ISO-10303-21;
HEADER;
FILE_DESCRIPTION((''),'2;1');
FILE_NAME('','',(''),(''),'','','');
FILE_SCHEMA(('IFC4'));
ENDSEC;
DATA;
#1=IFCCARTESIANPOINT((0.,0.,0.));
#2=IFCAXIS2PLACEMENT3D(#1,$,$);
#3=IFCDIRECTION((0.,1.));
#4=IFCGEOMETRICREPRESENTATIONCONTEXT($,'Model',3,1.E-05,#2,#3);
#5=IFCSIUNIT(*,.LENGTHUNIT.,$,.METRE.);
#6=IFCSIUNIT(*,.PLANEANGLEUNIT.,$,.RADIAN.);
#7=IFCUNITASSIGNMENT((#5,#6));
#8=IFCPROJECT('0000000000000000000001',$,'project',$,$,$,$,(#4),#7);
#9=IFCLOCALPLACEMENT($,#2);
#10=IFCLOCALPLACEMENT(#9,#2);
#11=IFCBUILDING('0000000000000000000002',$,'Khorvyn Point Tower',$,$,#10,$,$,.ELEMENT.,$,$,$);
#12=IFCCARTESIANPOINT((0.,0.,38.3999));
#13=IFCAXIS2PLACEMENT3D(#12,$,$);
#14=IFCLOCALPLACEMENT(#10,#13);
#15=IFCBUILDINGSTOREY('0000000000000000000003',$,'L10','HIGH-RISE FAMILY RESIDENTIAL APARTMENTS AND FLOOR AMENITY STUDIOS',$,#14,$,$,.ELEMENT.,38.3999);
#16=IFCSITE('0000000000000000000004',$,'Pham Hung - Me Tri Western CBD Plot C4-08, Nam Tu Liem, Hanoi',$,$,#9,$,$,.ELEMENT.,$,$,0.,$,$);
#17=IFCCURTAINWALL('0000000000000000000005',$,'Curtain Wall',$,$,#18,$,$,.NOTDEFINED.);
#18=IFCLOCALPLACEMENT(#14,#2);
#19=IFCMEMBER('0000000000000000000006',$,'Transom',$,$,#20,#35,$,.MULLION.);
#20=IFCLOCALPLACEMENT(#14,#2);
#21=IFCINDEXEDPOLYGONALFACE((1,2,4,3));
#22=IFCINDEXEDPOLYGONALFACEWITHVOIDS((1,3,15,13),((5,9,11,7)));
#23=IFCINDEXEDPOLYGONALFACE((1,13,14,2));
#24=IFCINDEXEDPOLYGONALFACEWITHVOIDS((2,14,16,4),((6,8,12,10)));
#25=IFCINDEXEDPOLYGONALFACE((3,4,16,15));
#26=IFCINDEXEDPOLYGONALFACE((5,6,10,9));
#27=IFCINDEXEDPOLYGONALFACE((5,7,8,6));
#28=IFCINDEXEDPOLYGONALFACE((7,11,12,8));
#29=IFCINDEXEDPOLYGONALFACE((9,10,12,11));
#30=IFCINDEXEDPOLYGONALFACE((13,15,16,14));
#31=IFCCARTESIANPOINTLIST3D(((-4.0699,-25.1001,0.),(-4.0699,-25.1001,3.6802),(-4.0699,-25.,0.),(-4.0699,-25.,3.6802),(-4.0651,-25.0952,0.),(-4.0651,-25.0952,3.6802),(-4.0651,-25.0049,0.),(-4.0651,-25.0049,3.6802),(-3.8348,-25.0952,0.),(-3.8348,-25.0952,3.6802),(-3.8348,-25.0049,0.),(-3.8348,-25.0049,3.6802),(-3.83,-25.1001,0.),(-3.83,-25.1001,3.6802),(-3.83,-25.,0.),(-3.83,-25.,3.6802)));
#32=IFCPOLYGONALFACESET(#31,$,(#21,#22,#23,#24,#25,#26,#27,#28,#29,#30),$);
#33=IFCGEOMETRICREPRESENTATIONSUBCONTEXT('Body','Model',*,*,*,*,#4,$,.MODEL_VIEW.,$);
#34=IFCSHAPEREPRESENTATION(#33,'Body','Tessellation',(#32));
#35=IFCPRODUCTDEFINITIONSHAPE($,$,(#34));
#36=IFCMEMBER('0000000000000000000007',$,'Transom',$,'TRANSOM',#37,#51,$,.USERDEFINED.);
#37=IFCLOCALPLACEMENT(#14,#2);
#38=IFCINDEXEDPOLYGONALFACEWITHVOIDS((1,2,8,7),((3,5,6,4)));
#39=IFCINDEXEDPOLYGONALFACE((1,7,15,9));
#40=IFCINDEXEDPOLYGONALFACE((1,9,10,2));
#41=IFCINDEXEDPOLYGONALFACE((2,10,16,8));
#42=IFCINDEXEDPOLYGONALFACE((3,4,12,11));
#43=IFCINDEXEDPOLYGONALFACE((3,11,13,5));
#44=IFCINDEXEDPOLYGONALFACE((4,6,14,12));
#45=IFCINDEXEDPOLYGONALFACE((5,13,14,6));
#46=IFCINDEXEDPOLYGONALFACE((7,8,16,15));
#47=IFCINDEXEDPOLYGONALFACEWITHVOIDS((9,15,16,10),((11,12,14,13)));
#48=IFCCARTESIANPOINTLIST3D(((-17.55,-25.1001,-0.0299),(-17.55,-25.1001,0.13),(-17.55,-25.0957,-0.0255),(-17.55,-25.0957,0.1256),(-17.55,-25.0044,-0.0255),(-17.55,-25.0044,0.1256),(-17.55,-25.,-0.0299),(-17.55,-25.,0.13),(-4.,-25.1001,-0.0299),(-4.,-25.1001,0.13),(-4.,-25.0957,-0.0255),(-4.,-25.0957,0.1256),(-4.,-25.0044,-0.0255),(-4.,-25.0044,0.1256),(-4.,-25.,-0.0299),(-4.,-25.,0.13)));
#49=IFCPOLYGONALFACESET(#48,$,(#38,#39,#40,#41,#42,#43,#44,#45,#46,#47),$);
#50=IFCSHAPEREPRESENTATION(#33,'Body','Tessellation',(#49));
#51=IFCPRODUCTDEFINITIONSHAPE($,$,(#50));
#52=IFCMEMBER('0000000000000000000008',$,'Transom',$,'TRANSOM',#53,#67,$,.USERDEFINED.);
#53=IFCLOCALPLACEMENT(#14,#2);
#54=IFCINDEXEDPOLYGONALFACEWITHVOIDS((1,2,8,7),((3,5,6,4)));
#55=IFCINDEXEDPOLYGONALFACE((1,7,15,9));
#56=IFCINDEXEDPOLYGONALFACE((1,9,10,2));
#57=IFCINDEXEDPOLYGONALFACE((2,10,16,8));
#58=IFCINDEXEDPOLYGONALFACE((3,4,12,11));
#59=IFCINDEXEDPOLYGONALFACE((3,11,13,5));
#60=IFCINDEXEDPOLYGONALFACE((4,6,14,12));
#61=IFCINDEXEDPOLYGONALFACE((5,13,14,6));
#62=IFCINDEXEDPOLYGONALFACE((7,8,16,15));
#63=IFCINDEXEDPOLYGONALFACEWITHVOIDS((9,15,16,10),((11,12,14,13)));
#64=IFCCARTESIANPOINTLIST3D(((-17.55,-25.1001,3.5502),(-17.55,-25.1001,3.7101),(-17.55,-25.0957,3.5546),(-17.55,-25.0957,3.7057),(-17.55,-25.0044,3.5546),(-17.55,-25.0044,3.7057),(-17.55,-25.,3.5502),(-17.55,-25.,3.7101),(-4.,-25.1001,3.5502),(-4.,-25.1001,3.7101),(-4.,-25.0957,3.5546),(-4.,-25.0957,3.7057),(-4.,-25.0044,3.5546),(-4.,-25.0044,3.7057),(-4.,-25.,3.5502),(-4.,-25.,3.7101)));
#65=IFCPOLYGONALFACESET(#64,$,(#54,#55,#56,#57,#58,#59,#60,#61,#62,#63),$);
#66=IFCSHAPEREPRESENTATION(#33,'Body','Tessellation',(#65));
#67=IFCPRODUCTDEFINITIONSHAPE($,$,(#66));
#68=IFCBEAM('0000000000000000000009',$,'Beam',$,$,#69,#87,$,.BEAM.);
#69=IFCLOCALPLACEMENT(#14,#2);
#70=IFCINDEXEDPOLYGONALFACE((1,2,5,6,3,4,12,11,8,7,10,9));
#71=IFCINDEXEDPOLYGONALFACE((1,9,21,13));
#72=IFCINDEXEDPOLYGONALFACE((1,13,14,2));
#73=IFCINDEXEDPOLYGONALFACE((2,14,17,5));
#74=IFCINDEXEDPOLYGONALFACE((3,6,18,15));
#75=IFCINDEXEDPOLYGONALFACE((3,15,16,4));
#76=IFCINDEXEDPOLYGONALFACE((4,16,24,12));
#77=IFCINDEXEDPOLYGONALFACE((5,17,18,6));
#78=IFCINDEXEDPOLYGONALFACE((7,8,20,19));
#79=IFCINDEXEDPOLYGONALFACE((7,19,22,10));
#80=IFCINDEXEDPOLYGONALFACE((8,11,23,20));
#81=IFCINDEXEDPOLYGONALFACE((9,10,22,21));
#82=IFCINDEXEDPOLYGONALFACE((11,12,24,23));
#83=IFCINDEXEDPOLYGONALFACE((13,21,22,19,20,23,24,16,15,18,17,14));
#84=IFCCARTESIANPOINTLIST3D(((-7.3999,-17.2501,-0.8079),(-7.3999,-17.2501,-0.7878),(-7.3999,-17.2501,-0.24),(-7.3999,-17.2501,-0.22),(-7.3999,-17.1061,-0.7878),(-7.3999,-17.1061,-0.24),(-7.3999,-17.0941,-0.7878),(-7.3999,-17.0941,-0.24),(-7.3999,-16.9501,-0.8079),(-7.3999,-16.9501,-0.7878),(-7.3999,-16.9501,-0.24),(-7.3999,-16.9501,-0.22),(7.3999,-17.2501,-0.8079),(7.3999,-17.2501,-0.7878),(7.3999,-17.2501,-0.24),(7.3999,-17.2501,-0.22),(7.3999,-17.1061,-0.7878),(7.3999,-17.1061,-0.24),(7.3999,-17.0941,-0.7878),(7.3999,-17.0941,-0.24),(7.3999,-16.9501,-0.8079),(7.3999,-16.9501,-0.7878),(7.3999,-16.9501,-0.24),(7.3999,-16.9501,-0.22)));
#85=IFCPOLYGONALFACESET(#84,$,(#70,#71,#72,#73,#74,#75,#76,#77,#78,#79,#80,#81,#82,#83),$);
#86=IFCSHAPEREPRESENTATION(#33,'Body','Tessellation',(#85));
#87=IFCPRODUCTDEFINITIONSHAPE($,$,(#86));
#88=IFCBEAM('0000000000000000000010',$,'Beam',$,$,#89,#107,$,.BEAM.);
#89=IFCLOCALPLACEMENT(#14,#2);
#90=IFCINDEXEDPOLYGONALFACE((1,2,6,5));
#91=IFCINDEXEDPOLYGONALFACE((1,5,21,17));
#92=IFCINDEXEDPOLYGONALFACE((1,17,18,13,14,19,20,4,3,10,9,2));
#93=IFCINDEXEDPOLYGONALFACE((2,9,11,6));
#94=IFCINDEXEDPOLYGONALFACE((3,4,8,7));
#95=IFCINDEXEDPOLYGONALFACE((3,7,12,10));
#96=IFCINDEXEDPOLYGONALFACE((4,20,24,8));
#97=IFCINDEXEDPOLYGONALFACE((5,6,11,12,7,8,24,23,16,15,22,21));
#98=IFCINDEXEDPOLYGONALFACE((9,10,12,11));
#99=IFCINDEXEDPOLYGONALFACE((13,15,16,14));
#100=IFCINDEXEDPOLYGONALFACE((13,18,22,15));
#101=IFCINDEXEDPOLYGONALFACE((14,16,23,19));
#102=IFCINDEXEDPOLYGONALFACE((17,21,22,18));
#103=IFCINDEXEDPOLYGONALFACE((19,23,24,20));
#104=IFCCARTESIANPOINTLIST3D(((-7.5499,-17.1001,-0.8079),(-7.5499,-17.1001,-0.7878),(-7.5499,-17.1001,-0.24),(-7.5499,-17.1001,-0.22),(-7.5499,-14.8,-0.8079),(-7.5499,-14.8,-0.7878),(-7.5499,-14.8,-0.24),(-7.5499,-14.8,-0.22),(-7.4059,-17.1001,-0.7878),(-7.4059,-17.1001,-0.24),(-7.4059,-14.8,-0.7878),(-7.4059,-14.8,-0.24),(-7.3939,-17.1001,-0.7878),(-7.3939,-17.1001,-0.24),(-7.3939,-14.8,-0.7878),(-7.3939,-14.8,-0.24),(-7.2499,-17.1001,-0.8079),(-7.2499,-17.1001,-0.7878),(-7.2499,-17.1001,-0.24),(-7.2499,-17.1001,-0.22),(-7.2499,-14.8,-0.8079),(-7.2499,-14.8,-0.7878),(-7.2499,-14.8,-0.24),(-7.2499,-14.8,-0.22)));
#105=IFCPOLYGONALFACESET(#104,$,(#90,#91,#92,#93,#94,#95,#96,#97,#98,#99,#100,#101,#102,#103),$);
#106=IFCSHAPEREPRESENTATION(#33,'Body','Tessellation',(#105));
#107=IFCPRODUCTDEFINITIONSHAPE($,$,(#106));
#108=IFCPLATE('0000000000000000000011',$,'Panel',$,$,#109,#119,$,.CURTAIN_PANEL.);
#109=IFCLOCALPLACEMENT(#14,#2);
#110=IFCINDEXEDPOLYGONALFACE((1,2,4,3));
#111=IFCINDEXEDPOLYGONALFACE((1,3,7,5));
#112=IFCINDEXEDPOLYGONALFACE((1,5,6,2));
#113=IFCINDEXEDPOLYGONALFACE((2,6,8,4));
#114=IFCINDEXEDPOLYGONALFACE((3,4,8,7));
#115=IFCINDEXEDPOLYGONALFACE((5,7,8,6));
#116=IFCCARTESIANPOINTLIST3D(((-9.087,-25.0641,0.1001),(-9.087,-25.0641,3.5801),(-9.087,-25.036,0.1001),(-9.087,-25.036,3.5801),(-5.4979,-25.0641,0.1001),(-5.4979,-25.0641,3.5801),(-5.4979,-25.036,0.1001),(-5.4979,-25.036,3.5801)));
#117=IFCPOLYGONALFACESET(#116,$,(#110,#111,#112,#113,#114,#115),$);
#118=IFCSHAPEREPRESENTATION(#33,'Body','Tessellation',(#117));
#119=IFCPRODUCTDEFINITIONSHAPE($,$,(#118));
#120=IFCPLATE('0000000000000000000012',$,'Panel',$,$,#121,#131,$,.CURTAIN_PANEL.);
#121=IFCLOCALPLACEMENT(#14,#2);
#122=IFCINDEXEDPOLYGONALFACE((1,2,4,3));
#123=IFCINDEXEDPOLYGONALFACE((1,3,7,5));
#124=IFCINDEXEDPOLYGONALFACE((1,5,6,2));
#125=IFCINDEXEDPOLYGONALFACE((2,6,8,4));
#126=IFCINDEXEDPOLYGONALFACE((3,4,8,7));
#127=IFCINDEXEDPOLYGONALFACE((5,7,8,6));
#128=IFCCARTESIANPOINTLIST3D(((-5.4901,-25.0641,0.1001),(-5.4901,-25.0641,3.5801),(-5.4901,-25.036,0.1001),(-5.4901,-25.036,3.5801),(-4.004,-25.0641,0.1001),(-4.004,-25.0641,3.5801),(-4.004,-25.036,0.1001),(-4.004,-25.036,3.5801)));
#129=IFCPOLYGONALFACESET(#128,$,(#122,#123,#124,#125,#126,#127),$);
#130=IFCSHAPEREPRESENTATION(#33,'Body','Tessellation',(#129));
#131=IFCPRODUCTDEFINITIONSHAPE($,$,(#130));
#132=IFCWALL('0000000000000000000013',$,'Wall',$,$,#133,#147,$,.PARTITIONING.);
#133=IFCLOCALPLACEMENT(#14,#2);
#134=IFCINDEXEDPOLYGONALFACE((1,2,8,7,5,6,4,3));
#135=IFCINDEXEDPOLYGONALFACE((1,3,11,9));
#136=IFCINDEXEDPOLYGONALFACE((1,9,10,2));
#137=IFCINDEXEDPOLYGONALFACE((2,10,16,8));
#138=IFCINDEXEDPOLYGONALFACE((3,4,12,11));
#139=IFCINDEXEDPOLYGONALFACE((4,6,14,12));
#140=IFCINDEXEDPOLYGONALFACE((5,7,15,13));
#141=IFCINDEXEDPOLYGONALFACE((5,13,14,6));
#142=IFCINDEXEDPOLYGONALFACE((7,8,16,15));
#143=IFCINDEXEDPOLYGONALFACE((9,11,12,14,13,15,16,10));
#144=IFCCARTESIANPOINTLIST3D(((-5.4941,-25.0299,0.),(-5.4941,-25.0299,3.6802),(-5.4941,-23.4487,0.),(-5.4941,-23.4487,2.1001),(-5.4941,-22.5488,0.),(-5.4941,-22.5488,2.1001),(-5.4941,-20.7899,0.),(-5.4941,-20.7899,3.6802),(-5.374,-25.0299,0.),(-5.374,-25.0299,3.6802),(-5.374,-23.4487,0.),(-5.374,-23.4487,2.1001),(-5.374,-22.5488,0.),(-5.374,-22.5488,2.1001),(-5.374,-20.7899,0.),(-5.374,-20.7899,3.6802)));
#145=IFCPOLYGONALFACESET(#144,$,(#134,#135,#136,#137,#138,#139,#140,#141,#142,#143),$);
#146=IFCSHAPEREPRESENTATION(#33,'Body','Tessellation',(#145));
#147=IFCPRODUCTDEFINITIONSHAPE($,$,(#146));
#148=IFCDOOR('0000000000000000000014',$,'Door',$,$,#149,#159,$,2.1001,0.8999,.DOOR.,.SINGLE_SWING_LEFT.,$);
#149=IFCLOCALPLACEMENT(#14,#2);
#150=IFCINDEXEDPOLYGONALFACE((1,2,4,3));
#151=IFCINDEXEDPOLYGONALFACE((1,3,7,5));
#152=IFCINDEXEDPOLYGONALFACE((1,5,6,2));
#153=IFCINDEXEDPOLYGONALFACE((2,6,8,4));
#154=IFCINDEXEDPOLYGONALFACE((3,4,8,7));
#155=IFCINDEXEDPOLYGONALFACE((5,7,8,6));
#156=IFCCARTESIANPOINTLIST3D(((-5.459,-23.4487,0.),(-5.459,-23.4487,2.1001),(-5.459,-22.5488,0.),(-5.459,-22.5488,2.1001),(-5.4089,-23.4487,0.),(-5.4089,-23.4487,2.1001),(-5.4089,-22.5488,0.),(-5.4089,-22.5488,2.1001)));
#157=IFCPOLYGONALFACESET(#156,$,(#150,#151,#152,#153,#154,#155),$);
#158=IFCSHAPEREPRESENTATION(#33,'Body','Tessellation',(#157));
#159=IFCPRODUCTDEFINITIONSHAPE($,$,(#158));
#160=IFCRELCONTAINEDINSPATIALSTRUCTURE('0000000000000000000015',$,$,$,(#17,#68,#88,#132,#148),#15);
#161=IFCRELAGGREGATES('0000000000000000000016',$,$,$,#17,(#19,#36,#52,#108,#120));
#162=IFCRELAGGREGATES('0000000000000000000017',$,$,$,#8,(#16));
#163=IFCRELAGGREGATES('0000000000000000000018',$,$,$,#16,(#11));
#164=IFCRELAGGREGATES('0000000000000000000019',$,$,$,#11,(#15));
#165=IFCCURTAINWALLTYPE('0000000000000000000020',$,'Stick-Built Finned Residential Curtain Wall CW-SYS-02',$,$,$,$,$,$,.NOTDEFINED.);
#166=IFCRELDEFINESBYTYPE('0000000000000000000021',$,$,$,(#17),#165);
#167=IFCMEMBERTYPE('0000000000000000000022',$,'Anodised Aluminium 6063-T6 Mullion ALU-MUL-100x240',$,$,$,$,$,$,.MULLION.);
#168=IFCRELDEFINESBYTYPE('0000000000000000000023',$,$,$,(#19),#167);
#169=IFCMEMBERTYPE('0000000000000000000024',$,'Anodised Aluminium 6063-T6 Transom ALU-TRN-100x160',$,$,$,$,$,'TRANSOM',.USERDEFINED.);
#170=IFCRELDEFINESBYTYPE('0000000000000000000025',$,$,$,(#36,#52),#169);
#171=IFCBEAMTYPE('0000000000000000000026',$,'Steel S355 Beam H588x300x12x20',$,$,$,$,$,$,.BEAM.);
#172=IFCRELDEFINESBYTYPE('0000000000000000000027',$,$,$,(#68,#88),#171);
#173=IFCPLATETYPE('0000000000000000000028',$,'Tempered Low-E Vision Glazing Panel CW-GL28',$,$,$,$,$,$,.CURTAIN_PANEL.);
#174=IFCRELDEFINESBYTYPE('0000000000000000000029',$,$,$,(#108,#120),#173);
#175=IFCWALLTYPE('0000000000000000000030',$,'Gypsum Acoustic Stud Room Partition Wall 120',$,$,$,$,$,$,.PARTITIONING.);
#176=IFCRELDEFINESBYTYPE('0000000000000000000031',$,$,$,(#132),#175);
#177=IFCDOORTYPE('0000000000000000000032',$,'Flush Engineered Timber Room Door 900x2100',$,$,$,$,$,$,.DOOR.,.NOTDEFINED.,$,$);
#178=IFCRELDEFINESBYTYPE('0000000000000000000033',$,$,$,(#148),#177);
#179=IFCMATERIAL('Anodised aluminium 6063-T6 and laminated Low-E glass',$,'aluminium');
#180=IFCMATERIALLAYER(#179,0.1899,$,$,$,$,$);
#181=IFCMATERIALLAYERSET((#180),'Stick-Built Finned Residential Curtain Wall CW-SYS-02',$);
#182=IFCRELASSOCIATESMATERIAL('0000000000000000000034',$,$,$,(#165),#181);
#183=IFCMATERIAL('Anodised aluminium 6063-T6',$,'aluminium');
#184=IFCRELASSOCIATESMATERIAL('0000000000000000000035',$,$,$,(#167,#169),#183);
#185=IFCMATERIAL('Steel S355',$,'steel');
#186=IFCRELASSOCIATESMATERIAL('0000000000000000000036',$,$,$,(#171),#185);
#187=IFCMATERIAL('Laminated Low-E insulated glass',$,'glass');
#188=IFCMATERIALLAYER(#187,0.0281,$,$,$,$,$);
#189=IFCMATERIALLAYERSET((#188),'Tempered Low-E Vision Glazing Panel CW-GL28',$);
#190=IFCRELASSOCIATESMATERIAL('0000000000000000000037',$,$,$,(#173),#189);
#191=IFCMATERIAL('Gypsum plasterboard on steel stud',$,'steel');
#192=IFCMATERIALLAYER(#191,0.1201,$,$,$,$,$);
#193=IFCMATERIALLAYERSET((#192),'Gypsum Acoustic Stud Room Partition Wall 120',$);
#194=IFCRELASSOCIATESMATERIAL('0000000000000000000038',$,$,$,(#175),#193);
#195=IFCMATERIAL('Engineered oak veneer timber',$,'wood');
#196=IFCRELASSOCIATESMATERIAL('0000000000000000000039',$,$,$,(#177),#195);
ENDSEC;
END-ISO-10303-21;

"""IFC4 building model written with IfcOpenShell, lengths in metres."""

from ifc_helpers import new_model, si_unit, direction, frame, frame_2d, origin, origin_2d, place, context, subcontext, project, spatial, rectangle, hollow_rectangle, i_section, extrude, material, layer, layer_set, material_profile, profile_set, type_object, element, fill, aggregate, save


model = new_model("IFC4")

# Units and contexts
model_context = context("Model", 3, precision=1e-05, world=origin(), true_north=direction((0.0, 1.0)))
body_context = subcontext(model_context, "Body", "Model", "MODEL_VIEW")
ifc_project = project(units=[si_unit("LENGTHUNIT", "METRE"), si_unit("PLANEANGLEUNIT", "RADIAN")], contexts=[model_context])

# Site, building, storey
site_placement = place(None, origin())
site = spatial("IfcSite", under=ifc_project, at=site_placement, Name="Pham Hung - Me Tri Western CBD Plot C4-08, Nam Tu Liem, Hanoi", CompositionType="ELEMENT", RefElevation=0.0)
building_placement = place(site_placement, origin())
building = spatial("IfcBuilding", under=site, at=building_placement, Name="Khorvyn Point Tower", CompositionType="ELEMENT")
storey_placement = place(building_placement, frame((0.0, 0.0, 38.3999)))
storey = spatial("IfcBuildingStorey", under=building, at=storey_placement, Name="L10", Description="HIGH-RISE FAMILY RESIDENTIAL APARTMENTS AND FLOOR AMENITY STUDIOS", CompositionType="ELEMENT", Elevation=38.3999)

# Curtain wall, members
ifc_material_1 = material(Name="Anodised aluminium 6063-T6 and laminated Low-E glass", Category="aluminium")
ifc_layer_1 = layer(ifc_material_1, 0.1899)
ifc_layer_set_1 = layer_set([ifc_layer_1], Name="Stick-Built Finned Residential Curtain Wall CW-SYS-02")
curtain_wall_type = type_object("IfcCurtainWallType", Name="Stick-Built Finned Residential Curtain Wall CW-SYS-02", PredefinedType="NOTDEFINED", material=ifc_layer_set_1)
curtain_wall_placement = place(storey_placement, origin())
curtain_wall = element("IfcCurtainWall", 1, at=curtain_wall_placement, inside=storey, type_object=curtain_wall_type, Name="Curtain Wall", PredefinedType="NOTDEFINED")
ifc_material_2 = material(Name="Anodised aluminium 6063-T6", Category="aluminium")
ifc_material_profile_1 = material_profile(ifc_material_2, hollow_rectangle(XDim=0.1001, YDim=0.24, WallThickness=0.0049, at=origin_2d()))
ifc_profile_set_1 = profile_set([ifc_material_profile_1], Name="Anodised aluminium 6063-T6 ALU-MUL-100x240")
member_type_1 = type_object("IfcMemberType", Name="Anodised Aluminium 6063-T6 Mullion ALU-MUL-100x240", PredefinedType="MULLION", material=ifc_profile_set_1)
member_1_placement = place(storey_placement, frame((-3.95, -25.05, 0.0), z_axis=(0.0, 0.0, 1.0), x_axis=(0.0, -1.0, 0.0)))
member_1 = element("IfcMember", 2, at=member_1_placement, type_object=member_type_1, Name="Transom", PredefinedType="MULLION", context=body_context, shape_type="SweptSolid", body=[
    extrude(hollow_rectangle(XDim=0.1001, YDim=0.24, WallThickness=0.0049, at=origin_2d()), origin(), (0.0, 0.0, 1.0), 3.6802),
])
ifc_material_profile_2 = material_profile(ifc_material_2, hollow_rectangle(XDim=0.1001, YDim=0.1599, WallThickness=0.0044, at=origin_2d()))
ifc_profile_set_2 = profile_set([ifc_material_profile_2], Name="Anodised aluminium 6063-T6 ALU-TRN-100x160")
member_type_2 = type_object("IfcMemberType", Name="Anodised Aluminium 6063-T6 Transom ALU-TRN-100x160", ElementType="TRANSOM", PredefinedType="USERDEFINED", material=ifc_profile_set_2)
member_2_placement = place(storey_placement, frame((-4.0, -25.05, 0.05), z_axis=(-1.0, 0.0, 0.0), x_axis=(0.0, -1.0, 0.0)))
member_2 = element("IfcMember", 3, at=member_2_placement, type_object=member_type_2, Name="Transom", ObjectType="TRANSOM", PredefinedType="USERDEFINED", context=body_context, shape_type="SweptSolid", body=[
    extrude(hollow_rectangle(XDim=0.1001, YDim=0.1599, WallThickness=0.0044, at=origin_2d()), origin(), (0.0, 0.0, 1.0), 13.55),
])
member_3_placement = place(storey_placement, frame((-4.0, -25.05, 3.6301), z_axis=(-1.0, 0.0, 0.0), x_axis=(0.0, -1.0, 0.0)))
member_3 = element("IfcMember", 4, at=member_3_placement, type_object=member_type_2, Name="Transom", ObjectType="TRANSOM", PredefinedType="USERDEFINED", context=body_context, shape_type="SweptSolid", body=[
    extrude(hollow_rectangle(XDim=0.1001, YDim=0.1599, WallThickness=0.0044, at=origin_2d()), origin(), (0.0, 0.0, 1.0), 13.55),
])

# Beams
ifc_material_3 = material(Name="Steel S355", Category="steel")
ifc_material_profile_3 = material_profile(ifc_material_3, i_section(OverallWidth=0.3, OverallDepth=0.5879, WebThickness=0.012, FlangeThickness=0.02, at=origin_2d()))
ifc_profile_set_3 = profile_set([ifc_material_profile_3], Name="Steel S355 H588x300x12x20")
beam_type = type_object("IfcBeamType", Name="Steel S355 Beam H588x300x12x20", PredefinedType="BEAM", material=ifc_profile_set_3)
beam_1_placement = place(storey_placement, frame((-7.3999, -17.1001, -0.5139), z_axis=(1.0, 0.0, 0.0), x_axis=(0.0, 1.0, 0.0)))
element("IfcBeam", 5, at=beam_1_placement, inside=storey, type_object=beam_type, Name="Beam", PredefinedType="BEAM", context=body_context, shape_type="SweptSolid", body=[
    extrude(i_section(OverallWidth=0.3, OverallDepth=0.5879, WebThickness=0.012, FlangeThickness=0.02, at=origin_2d()), origin(), (0.0, 0.0, 1.0), 14.7998),
])
beam_2_placement = place(storey_placement, frame((-7.3999, -17.1001, -0.5139), z_axis=(0.0, 1.0, 0.0), x_axis=(-1.0, 0.0, 0.0)))
element("IfcBeam", 6, at=beam_2_placement, inside=storey, type_object=beam_type, Name="Beam", PredefinedType="BEAM", context=body_context, shape_type="SweptSolid", body=[
    extrude(i_section(OverallWidth=0.3, OverallDepth=0.5879, WebThickness=0.012, FlangeThickness=0.02, at=origin_2d()), origin(), (0.0, 0.0, 1.0), 2.3),
])

# Plates
ifc_material_4 = material(Name="Laminated Low-E insulated glass", Category="glass")
ifc_layer_2 = layer(ifc_material_4, 0.0281)
ifc_layer_set_2 = layer_set([ifc_layer_2], Name="Tempered Low-E Vision Glazing Panel CW-GL28")
plate_type = type_object("IfcPlateType", Name="Tempered Low-E Vision Glazing Panel CW-GL28", PredefinedType="CURTAIN_PANEL", material=ifc_layer_set_2)
plate_1_placement = place(storey_placement, frame((-7.2925, -25.05, 0.1001), z_axis=(0.0, 0.0, 1.0), x_axis=(-1.0, 0.0, 0.0)))
plate_1 = element("IfcPlate", 7, at=plate_1_placement, type_object=plate_type, Name="Panel", PredefinedType="CURTAIN_PANEL", context=body_context, shape_type="SweptSolid", body=[
    extrude(rectangle(XDim=3.5891, YDim=0.0281, at=origin_2d()), origin(), (0.0, 0.0, 1.0), 3.48),
])
plate_2_placement = place(storey_placement, frame((-4.7471, -25.05, 0.1001), z_axis=(0.0, 0.0, 1.0), x_axis=(-1.0, 0.0, 0.0)))
plate_2 = element("IfcPlate", 8, at=plate_2_placement, type_object=plate_type, Name="Panel", PredefinedType="CURTAIN_PANEL", context=body_context, shape_type="SweptSolid", body=[
    extrude(rectangle(XDim=1.4861, YDim=0.0281, at=origin_2d()), origin(), (0.0, 0.0, 1.0), 3.48),
])
aggregate(curtain_wall, [member_1, member_2, member_3, plate_1, plate_2])

# Wall, opening, door
ifc_material_5 = material(Name="Gypsum plasterboard on steel stud", Category="steel")
ifc_layer_3 = layer(ifc_material_5, 0.1201)
ifc_layer_set_3 = layer_set([ifc_layer_3], Name="Gypsum Acoustic Stud Room Partition Wall 120")
wall_type_1 = type_object("IfcWallType", Name="Gypsum Acoustic Stud Room Partition Wall 120", PredefinedType="PARTITIONING", material=ifc_layer_set_3)
wall_1_placement = place(storey_placement, frame((-5.4341, -25.03, 0.0), z_axis=(0.0, 0.0, 1.0), x_axis=(0.0, 1.0, 0.0)))
wall_1 = element("IfcWall", 9, at=wall_1_placement, inside=storey, type_object=wall_type_1, Name="Wall", PredefinedType="PARTITIONING", context=body_context, shape_type="SweptSolid", body=[
    extrude(rectangle(XDim=4.24, YDim=0.1201, at=frame_2d((2.1201, 0.0))), origin(), (0.0, 0.0, 1.0), 3.6802),
])
opening_1_placement = place(wall_1_placement, frame((1.5813, 0.0, 0.0)))
opening_1 = element("IfcOpeningElement", 10, at=opening_1_placement, cuts=wall_1, PredefinedType="OPENING", context=body_context, shape_type="SweptSolid", body=[
    extrude(rectangle(XDim=0.8999, YDim=2.1001, at=frame_2d((0.45, 1.05))), frame((0.0, 0.0701, 0.0), z_axis=(0.0, -1.0, 0.0), x_axis=(1.0, 0.0, 0.0)), (0.0, 0.0, 1.0), 0.1401),
])
ifc_material_6 = material(Name="Engineered oak veneer timber", Category="wood")
door_type_1 = type_object("IfcDoorType", Name="Flush Engineered Timber Room Door 900x2100", OperationType="NOTDEFINED", PredefinedType="DOOR", material=ifc_material_6)
door_1_placement = place(opening_1_placement, origin())
door_1 = element("IfcDoor", 11, at=door_1_placement, inside=storey, type_object=door_type_1, Name="Door", OperationType="SINGLE_SWING_LEFT", OverallHeight=2.1001, OverallWidth=0.8999, PredefinedType="DOOR", context=body_context, shape_type="SweptSolid", body=[
    extrude(rectangle(XDim=0.8999, YDim=2.1001, at=frame_2d((0.45, 1.05))), frame((0.0, 0.0249, 0.0), z_axis=(0.0, -1.0, 0.0), x_axis=(1.0, 0.0, 0.0)), (0.0, 0.0, 1.0), 0.05),
])
fill(opening_1, door_1)

save(model, "model.ifc")
